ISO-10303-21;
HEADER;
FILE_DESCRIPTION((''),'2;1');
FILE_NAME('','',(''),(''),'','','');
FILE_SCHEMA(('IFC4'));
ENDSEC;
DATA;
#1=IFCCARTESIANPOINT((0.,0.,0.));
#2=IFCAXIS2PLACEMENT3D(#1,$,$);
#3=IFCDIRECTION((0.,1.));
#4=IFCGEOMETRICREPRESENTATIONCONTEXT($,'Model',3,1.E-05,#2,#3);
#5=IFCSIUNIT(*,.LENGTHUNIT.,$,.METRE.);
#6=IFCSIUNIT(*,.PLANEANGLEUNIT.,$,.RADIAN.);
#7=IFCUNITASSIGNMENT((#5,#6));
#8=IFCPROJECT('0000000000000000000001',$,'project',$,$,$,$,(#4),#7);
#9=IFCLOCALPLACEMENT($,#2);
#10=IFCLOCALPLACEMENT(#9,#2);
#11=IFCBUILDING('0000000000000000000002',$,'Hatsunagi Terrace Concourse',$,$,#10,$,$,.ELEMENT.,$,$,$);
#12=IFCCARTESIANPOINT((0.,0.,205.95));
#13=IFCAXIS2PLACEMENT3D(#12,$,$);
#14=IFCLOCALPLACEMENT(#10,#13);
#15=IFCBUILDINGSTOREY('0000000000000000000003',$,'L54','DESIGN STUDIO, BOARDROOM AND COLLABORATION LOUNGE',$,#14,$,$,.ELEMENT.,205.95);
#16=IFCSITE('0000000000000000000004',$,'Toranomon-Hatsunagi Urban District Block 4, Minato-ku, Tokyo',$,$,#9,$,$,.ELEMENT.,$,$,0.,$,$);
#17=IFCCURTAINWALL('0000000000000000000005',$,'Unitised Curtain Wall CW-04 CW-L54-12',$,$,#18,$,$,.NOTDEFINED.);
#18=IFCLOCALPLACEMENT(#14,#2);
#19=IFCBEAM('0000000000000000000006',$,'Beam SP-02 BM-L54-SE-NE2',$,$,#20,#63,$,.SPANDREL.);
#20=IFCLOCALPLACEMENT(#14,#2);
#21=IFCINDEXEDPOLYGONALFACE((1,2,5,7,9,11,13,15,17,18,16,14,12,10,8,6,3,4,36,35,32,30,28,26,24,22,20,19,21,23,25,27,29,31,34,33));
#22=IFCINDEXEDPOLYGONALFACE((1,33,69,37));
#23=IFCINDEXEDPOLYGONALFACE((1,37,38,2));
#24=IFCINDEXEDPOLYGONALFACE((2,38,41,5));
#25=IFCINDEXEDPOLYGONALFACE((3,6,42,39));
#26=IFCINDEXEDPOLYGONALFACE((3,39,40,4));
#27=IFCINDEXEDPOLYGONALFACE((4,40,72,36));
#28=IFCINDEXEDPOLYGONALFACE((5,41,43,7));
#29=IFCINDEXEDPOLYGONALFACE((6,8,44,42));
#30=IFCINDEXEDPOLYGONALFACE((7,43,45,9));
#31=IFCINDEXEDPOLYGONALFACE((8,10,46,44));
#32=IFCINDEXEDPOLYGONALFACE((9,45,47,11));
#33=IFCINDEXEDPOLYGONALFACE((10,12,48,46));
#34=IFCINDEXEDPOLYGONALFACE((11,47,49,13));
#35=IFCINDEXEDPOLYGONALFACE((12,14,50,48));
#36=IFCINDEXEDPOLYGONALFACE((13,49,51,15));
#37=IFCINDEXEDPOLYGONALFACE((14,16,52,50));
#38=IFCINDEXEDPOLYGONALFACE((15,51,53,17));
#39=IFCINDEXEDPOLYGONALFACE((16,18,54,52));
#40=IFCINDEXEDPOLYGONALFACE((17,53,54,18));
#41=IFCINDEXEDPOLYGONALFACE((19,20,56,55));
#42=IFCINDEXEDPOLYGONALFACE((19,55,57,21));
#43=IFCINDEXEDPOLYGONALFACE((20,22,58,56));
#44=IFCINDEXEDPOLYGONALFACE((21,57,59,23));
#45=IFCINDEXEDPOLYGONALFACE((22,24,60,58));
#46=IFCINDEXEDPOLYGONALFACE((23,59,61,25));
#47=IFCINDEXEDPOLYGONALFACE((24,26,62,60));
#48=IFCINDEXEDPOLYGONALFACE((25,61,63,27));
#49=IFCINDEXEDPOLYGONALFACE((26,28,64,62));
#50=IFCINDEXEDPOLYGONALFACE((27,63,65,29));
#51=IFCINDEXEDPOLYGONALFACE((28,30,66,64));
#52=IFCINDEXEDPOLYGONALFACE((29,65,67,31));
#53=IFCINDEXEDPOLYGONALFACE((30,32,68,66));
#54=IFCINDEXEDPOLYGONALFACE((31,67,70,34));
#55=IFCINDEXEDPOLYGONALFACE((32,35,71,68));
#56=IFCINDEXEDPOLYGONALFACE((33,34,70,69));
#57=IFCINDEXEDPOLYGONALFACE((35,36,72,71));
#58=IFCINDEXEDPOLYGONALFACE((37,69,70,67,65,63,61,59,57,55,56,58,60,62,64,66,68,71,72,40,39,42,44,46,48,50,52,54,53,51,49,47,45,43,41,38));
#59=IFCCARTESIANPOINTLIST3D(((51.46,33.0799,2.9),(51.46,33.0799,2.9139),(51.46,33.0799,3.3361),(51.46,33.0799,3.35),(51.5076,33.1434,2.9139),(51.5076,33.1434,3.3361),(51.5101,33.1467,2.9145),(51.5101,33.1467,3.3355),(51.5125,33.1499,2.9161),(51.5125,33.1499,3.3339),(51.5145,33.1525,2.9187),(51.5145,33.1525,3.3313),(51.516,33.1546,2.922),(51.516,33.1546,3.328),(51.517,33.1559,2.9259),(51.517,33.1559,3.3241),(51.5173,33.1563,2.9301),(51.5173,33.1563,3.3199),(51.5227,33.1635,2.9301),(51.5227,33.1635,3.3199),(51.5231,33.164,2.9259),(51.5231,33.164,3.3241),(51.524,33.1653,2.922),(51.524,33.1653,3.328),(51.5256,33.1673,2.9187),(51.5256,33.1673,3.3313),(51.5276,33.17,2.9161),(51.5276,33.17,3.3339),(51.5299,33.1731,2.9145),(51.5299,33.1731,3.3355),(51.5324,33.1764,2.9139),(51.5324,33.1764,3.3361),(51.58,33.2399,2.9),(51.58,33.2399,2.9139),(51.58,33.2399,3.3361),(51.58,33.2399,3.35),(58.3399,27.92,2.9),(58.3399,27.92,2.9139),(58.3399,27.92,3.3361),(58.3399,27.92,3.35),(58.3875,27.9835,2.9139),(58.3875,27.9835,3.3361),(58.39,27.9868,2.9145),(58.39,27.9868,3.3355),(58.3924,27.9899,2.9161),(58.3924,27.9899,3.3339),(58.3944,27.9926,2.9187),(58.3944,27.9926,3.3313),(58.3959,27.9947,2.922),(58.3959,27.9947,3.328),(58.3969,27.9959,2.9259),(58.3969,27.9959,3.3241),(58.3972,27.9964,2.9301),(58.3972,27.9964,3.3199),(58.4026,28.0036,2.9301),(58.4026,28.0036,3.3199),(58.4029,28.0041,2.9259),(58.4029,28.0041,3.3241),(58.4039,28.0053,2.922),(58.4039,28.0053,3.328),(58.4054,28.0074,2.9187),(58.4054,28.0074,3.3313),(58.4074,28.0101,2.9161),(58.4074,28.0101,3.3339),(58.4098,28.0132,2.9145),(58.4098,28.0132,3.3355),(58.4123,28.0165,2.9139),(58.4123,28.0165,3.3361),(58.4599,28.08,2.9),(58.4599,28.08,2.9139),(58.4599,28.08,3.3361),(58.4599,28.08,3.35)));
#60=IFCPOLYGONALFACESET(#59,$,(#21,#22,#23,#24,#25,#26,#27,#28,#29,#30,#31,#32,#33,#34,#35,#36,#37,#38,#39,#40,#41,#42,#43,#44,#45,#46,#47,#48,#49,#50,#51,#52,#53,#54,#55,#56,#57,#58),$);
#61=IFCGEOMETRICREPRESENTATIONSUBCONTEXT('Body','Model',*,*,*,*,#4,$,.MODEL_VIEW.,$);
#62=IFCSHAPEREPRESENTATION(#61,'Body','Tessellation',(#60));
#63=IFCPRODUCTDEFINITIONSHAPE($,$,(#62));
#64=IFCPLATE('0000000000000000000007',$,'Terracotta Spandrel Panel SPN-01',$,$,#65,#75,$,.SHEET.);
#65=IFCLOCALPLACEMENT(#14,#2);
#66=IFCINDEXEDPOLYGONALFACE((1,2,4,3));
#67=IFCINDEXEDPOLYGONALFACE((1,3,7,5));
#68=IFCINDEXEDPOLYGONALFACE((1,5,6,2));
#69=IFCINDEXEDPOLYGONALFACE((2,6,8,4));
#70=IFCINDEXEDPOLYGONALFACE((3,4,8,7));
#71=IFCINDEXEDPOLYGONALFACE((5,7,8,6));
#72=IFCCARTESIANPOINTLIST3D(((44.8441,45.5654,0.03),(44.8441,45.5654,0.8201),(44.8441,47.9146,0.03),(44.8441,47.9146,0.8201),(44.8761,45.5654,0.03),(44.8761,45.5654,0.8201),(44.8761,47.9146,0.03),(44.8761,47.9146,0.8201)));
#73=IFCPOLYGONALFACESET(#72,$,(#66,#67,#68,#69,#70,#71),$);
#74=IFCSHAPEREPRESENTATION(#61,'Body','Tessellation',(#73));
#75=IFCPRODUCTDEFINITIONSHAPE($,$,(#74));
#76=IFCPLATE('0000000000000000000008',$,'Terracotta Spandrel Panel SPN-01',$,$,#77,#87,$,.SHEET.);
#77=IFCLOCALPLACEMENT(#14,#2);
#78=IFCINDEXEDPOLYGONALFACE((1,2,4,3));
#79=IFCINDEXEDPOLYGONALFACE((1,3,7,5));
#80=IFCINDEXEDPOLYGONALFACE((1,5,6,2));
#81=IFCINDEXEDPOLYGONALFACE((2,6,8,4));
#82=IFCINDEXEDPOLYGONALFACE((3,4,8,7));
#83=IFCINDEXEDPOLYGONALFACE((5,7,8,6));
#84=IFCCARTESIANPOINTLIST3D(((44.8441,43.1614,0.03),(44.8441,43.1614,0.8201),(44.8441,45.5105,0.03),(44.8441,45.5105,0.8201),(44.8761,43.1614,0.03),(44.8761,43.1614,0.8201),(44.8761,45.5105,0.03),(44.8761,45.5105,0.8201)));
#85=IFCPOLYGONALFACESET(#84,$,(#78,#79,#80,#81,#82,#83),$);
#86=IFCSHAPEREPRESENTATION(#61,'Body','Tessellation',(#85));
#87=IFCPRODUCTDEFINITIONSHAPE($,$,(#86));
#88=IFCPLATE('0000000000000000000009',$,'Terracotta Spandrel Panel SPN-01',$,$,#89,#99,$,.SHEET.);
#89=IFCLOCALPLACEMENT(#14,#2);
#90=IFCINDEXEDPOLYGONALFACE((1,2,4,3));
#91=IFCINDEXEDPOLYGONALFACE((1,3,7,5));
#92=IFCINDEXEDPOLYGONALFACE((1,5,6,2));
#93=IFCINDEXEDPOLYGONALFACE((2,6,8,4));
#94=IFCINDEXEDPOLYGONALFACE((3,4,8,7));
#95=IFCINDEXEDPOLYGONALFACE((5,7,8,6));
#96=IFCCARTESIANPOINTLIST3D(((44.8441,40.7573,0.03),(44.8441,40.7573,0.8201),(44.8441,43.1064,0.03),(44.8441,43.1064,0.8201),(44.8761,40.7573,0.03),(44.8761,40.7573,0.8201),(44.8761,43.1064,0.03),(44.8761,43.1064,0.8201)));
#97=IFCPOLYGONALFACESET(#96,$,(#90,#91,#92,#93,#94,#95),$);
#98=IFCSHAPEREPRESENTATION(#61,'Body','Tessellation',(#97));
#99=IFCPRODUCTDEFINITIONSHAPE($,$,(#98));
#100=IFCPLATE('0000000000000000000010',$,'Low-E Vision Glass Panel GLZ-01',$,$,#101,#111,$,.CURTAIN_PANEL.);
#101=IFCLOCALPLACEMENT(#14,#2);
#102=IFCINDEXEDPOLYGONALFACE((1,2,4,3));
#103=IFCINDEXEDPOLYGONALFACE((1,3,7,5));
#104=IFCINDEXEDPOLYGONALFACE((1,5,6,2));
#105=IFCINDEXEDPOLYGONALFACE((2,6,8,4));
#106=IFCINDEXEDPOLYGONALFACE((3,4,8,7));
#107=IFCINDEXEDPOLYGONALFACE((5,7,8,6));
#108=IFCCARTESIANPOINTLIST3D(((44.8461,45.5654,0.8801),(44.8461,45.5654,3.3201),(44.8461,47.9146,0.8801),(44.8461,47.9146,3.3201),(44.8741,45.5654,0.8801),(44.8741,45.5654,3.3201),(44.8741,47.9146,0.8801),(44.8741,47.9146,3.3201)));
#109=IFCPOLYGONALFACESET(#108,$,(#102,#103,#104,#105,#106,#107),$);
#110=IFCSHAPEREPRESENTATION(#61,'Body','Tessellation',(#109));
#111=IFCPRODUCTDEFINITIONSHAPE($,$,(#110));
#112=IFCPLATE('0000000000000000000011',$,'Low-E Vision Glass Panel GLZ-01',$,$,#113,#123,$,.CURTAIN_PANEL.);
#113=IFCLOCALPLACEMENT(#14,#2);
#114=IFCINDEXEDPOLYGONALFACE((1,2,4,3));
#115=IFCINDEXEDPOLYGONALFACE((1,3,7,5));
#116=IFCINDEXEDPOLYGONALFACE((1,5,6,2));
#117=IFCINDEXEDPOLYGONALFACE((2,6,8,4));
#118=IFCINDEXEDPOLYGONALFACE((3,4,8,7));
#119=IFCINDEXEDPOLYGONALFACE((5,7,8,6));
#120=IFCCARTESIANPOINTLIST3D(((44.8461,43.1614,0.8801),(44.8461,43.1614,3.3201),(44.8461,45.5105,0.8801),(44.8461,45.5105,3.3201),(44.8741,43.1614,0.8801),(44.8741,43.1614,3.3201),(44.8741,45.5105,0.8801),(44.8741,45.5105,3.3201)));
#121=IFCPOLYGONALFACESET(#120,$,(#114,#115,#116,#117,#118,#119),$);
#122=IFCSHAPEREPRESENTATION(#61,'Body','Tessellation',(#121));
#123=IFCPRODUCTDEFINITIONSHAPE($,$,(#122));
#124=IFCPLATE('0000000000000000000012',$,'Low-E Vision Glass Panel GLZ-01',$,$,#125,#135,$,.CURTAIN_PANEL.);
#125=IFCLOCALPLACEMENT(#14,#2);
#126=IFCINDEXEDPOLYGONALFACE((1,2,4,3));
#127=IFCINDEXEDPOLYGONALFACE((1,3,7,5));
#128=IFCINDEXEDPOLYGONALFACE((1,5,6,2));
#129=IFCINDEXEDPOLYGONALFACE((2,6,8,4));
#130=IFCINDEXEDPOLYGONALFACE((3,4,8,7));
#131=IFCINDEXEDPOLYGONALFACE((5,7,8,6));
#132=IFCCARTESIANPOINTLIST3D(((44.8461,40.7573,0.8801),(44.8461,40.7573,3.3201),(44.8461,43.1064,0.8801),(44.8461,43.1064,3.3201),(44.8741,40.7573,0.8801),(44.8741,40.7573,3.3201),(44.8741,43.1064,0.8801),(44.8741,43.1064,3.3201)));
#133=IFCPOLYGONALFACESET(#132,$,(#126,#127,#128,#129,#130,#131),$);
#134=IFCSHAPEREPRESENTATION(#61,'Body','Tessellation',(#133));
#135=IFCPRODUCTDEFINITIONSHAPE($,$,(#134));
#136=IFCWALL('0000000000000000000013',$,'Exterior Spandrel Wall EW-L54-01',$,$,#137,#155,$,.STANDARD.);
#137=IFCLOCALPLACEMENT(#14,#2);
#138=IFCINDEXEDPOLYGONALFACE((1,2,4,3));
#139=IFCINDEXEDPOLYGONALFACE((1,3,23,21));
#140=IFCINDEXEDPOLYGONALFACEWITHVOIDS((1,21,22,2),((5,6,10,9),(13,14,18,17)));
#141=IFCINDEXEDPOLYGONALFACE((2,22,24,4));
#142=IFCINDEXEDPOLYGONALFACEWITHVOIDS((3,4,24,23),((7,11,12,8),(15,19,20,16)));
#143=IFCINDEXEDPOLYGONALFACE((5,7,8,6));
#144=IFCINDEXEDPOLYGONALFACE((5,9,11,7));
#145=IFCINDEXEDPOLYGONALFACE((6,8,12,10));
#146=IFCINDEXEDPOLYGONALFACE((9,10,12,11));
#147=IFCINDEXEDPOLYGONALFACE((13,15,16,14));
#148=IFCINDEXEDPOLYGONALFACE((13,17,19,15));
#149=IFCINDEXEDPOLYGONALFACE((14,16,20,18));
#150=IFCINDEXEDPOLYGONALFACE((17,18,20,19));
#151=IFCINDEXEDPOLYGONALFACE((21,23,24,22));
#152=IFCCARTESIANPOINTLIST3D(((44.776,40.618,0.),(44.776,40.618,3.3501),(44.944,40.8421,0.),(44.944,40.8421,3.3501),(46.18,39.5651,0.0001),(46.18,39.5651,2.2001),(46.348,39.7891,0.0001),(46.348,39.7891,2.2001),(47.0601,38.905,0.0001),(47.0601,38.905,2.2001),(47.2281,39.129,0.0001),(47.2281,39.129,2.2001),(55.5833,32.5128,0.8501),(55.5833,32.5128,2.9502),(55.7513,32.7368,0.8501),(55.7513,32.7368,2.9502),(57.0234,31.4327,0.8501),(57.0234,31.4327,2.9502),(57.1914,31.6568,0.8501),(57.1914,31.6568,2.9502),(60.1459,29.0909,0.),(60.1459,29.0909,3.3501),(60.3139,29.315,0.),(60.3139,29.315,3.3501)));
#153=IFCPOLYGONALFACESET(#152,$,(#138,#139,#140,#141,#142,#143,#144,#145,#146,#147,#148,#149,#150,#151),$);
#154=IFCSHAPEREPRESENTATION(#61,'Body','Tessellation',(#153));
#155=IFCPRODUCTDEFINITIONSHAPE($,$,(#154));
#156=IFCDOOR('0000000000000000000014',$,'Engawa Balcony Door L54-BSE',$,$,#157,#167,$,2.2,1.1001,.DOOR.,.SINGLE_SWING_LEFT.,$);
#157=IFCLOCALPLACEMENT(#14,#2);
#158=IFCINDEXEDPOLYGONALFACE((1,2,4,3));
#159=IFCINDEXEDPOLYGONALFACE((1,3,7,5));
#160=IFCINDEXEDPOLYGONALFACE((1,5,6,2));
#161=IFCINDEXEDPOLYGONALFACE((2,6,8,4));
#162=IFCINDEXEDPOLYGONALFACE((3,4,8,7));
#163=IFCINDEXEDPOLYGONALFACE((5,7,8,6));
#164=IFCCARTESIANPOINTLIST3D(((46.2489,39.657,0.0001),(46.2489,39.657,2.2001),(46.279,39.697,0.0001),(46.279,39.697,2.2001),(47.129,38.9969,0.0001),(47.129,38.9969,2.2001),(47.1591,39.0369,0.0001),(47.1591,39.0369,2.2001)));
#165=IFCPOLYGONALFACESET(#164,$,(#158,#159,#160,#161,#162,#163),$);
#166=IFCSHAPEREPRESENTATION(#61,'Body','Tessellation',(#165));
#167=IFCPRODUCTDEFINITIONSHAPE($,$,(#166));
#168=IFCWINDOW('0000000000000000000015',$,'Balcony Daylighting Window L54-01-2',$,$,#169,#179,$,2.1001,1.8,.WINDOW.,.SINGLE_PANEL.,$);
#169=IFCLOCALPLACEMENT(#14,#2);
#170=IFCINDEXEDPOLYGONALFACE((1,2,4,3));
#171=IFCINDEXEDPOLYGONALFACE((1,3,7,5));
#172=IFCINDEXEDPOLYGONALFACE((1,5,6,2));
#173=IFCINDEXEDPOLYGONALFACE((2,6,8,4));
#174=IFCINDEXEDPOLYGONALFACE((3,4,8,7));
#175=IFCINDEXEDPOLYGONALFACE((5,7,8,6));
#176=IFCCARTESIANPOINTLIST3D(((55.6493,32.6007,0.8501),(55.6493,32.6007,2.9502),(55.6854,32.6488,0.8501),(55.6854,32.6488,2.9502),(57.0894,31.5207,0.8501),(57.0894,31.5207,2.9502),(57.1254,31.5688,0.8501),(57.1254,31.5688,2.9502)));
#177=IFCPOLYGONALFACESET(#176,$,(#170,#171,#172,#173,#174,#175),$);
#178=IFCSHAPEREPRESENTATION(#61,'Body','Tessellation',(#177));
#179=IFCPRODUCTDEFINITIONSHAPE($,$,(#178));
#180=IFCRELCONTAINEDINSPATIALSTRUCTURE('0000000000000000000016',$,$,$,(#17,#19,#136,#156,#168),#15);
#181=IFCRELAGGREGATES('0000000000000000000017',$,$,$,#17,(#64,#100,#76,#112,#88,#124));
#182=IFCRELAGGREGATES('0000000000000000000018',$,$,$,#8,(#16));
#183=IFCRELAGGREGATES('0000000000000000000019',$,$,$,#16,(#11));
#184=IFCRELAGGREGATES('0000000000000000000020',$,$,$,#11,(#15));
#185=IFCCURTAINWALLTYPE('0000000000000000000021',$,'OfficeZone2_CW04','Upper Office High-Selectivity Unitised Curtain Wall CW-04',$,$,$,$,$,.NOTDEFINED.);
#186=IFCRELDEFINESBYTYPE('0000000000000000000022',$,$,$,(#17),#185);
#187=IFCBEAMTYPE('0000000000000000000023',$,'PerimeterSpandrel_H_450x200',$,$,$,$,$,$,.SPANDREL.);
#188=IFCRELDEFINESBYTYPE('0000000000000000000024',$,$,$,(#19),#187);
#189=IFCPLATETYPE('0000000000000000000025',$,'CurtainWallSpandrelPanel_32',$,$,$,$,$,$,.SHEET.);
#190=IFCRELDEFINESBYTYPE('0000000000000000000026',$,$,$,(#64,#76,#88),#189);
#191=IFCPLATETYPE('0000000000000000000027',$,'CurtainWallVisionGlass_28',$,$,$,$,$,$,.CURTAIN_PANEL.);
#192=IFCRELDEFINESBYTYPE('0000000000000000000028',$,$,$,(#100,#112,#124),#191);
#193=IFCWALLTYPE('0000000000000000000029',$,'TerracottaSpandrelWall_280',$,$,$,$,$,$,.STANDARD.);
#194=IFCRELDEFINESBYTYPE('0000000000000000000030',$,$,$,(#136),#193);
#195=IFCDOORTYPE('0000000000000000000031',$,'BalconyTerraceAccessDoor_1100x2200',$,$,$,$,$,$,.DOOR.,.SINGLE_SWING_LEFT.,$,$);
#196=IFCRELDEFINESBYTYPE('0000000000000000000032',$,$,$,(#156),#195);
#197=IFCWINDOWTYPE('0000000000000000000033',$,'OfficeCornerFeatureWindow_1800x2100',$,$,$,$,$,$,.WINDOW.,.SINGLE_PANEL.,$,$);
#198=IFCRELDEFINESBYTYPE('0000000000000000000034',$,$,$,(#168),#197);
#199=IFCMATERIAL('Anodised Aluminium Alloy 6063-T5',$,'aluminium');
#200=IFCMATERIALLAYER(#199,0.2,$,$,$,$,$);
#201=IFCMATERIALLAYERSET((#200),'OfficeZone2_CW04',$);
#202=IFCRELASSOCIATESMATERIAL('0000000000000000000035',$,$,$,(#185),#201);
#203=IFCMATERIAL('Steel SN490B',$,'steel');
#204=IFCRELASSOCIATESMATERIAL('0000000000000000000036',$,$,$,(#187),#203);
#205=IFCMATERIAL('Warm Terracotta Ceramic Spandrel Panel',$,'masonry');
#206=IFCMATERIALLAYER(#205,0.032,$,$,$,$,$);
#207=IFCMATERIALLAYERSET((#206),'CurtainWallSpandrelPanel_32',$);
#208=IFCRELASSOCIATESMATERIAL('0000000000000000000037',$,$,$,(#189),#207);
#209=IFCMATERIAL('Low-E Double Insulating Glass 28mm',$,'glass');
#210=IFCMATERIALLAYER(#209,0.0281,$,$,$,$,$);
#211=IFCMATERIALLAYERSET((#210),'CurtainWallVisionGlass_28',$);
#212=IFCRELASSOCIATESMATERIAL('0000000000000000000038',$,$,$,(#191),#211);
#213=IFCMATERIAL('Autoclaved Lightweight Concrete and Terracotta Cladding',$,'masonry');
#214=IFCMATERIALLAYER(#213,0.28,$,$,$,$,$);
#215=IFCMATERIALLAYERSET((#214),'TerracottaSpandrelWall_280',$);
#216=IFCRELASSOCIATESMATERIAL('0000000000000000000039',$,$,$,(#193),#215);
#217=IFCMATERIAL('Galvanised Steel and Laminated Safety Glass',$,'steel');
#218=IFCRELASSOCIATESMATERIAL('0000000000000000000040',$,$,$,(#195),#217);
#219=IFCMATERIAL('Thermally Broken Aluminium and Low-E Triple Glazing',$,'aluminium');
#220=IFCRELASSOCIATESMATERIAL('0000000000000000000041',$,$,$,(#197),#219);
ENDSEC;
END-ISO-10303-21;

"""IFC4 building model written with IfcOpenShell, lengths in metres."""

from ifc_helpers import new_model, si_unit, direction, frame, frame_2d, origin, origin_2d, place, context, subcontext, project, spatial, rectangle, i_section, extrude, material, layer, layer_set, material_profile, profile_set, type_object, element, fill, aggregate, save


model = new_model("IFC4")

# Units and contexts
model_context = context("Model", 3, precision=1e-05, world=origin(), true_north=direction((0.0, 1.0)))
body_context = subcontext(model_context, "Body", "Model", "MODEL_VIEW")
ifc_project = project(units=[si_unit("LENGTHUNIT", "METRE"), si_unit("PLANEANGLEUNIT", "RADIAN")], contexts=[model_context])

# Site, building, storey
site_placement = place(None, origin())
site = spatial("IfcSite", under=ifc_project, at=site_placement, Name="Toranomon-Hatsunagi Urban District Block 4, Minato-ku, Tokyo", CompositionType="ELEMENT", RefElevation=0.0)
building_placement = place(site_placement, origin())
building = spatial("IfcBuilding", under=site, at=building_placement, Name="Hatsunagi Terrace Concourse", CompositionType="ELEMENT")
storey_placement = place(building_placement, frame((0.0, 0.0, 205.95)))
storey = spatial("IfcBuildingStorey", under=building, at=storey_placement, Name="L54", Description="DESIGN STUDIO, BOARDROOM AND COLLABORATION LOUNGE", CompositionType="ELEMENT", Elevation=205.95)

# Curtain wall
ifc_material_1 = material(Name="Anodised Aluminium Alloy 6063-T5", Category="aluminium")
ifc_layer_1 = layer(ifc_material_1, 0.2)
ifc_layer_set_1 = layer_set([ifc_layer_1], Name="OfficeZone2_CW04")
curtain_wall_type = type_object("IfcCurtainWallType", Name="OfficeZone2_CW04", Description="Upper Office High-Selectivity Unitised Curtain Wall CW-04", PredefinedType="NOTDEFINED", material=ifc_layer_set_1)
curtain_wall_1_placement = place(storey_placement, origin())
curtain_wall_1 = element("IfcCurtainWall", 1, at=curtain_wall_1_placement, inside=storey, type_object=curtain_wall_type, Name="Unitised Curtain Wall CW-04 CW-L54-12", PredefinedType="NOTDEFINED")

# Beam
ifc_material_2 = material(Name="Steel SN490B", Category="steel")
ifc_material_profile_1 = material_profile(ifc_material_2, i_section(OverallWidth=0.2, OverallDepth=0.45, WebThickness=0.009, FlangeThickness=0.0139, FilletRadius=0.0161, at=origin_2d()), Name="H-450x200x9x14")
ifc_profile_set_1 = profile_set([ifc_material_profile_1], Name="Steel SN490B")
beam_type_1 = type_object("IfcBeamType", Name="PerimeterSpandrel_H_450x200", PredefinedType="SPANDREL", material=ifc_profile_set_1)
beam_1_placement = place(storey_placement, frame((51.52, 33.1599, 3.125), z_axis=(0.8, -0.6, 0.0), x_axis=(0.6, 0.8, 0.0)))
element("IfcBeam", 2, at=beam_1_placement, inside=storey, type_object=beam_type_1, Name="Beam SP-02 BM-L54-SE-NE2", PredefinedType="SPANDREL", context=body_context, shape_type="SweptSolid", body=[
    extrude(i_section(OverallWidth=0.2, OverallDepth=0.45, WebThickness=0.009, FlangeThickness=0.0139, FilletRadius=0.0161, at=origin_2d()), origin(), (0.0, 0.0, 1.0), 8.5999),
])

# Plates
ifc_material_3 = material(Name="Warm Terracotta Ceramic Spandrel Panel", Category="masonry")
ifc_layer_2 = layer(ifc_material_3, 0.032)
ifc_layer_set_2 = layer_set([ifc_layer_2], Name="CurtainWallSpandrelPanel_32")
plate_type_1 = type_object("IfcPlateType", Name="CurtainWallSpandrelPanel_32", PredefinedType="SHEET", material=ifc_layer_set_2)
plate_1_placement = place(storey_placement, frame((44.8601, 46.74, 0.03), z_axis=(0.0, 0.0, 1.0), x_axis=(0.0, -1.0, 0.0)))
plate_1 = element("IfcPlate", 3, at=plate_1_placement, type_object=plate_type_1, Name="Terracotta Spandrel Panel SPN-01", PredefinedType="SHEET", context=body_context, shape_type="SweptSolid", body=[
    extrude(rectangle(XDim=2.3491, YDim=0.032, at=origin_2d()), origin(), (0.0, 0.0, 1.0), 0.79),
])
plate_2_placement = place(storey_placement, frame((44.8601, 44.3359, 0.03), z_axis=(0.0, 0.0, 1.0), x_axis=(0.0, -1.0, 0.0)))
plate_2 = element("IfcPlate", 4, at=plate_2_placement, type_object=plate_type_1, Name="Terracotta Spandrel Panel SPN-01", PredefinedType="SHEET", context=body_context, shape_type="SweptSolid", body=[
    extrude(rectangle(XDim=2.3491, YDim=0.032, at=origin_2d()), origin(), (0.0, 0.0, 1.0), 0.79),
])
plate_3_placement = place(storey_placement, frame((44.8601, 41.9319, 0.03), z_axis=(0.0, 0.0, 1.0), x_axis=(0.0, -1.0, 0.0)))
plate_3 = element("IfcPlate", 5, at=plate_3_placement, type_object=plate_type_1, Name="Terracotta Spandrel Panel SPN-01", PredefinedType="SHEET", context=body_context, shape_type="SweptSolid", body=[
    extrude(rectangle(XDim=2.3491, YDim=0.032, at=origin_2d()), origin(), (0.0, 0.0, 1.0), 0.79),
])
ifc_material_4 = material(Name="Low-E Double Insulating Glass 28mm", Category="glass")
ifc_layer_3 = layer(ifc_material_4, 0.0281)
ifc_layer_set_3 = layer_set([ifc_layer_3], Name="CurtainWallVisionGlass_28")
plate_type_2 = type_object("IfcPlateType", Name="CurtainWallVisionGlass_28", PredefinedType="CURTAIN_PANEL", material=ifc_layer_set_3)
plate_4_placement = place(storey_placement, frame((44.8601, 46.74, 0.8801), z_axis=(0.0, 0.0, 1.0), x_axis=(0.0, -1.0, 0.0)))
plate_4 = element("IfcPlate", 6, at=plate_4_placement, type_object=plate_type_2, Name="Low-E Vision Glass Panel GLZ-01", PredefinedType="CURTAIN_PANEL", context=body_context, shape_type="SweptSolid", body=[
    extrude(rectangle(XDim=2.3491, YDim=0.0281, at=origin_2d()), origin(), (0.0, 0.0, 1.0), 2.4399),
])
plate_5_placement = place(storey_placement, frame((44.8601, 44.3359, 0.8801), z_axis=(0.0, 0.0, 1.0), x_axis=(0.0, -1.0, 0.0)))
plate_5 = element("IfcPlate", 7, at=plate_5_placement, type_object=plate_type_2, Name="Low-E Vision Glass Panel GLZ-01", PredefinedType="CURTAIN_PANEL", context=body_context, shape_type="SweptSolid", body=[
    extrude(rectangle(XDim=2.3491, YDim=0.0281, at=origin_2d()), origin(), (0.0, 0.0, 1.0), 2.4399),
])
plate_6_placement = place(storey_placement, frame((44.8601, 41.9319, 0.8801), z_axis=(0.0, 0.0, 1.0), x_axis=(0.0, -1.0, 0.0)))
plate_6 = element("IfcPlate", 8, at=plate_6_placement, type_object=plate_type_2, Name="Low-E Vision Glass Panel GLZ-01", PredefinedType="CURTAIN_PANEL", context=body_context, shape_type="SweptSolid", body=[
    extrude(rectangle(XDim=2.3491, YDim=0.0281, at=origin_2d()), origin(), (0.0, 0.0, 1.0), 2.4399),
])
aggregate(curtain_wall_1, [plate_1, plate_4, plate_2, plate_5, plate_3, plate_6])

# Wall, openings, door, window
ifc_material_5 = material(Name="Autoclaved Lightweight Concrete and Terracotta Cladding", Category="masonry")
ifc_layer_4 = layer(ifc_material_5, 0.28)
ifc_layer_set_4 = layer_set([ifc_layer_4], Name="TerracottaSpandrelWall_280")
wall_type = type_object("IfcWallType", Name="TerracottaSpandrelWall_280", PredefinedType="STANDARD", material=ifc_layer_set_4)
wall_1_placement = place(storey_placement, frame((44.8601, 40.73, 0.0), z_axis=(0.0, 0.0, 1.0), x_axis=(0.800008, -0.59999, 0.0)))
wall_1 = element("IfcWall", 9, at=wall_1_placement, inside=storey, type_object=wall_type, Name="Exterior Spandrel Wall EW-L54-01", PredefinedType="STANDARD", context=body_context, shape_type="SweptSolid", body=[
    extrude(rectangle(XDim=19.2122, YDim=0.28, at=frame_2d((9.606, 0.0))), origin(), (0.0, 0.0, 1.0), 3.3501),
])
opening_1_placement = place(wall_1_placement, frame((1.7549, 0.0, 0.0)))
opening_1 = element("IfcOpeningElement", 10, at=opening_1_placement, cuts=wall_1, PredefinedType="OPENING", context=body_context, shape_type="SweptSolid", body=[
    extrude(rectangle(XDim=1.1001, YDim=2.2, at=frame_2d((0.55, 1.1001))), frame((0.0, 0.1499, 0.0), z_axis=(0.0, -1.0, 0.0), x_axis=(1.0, 0.0, 0.0)), (0.0, 0.0, 1.0), 0.3),
])
opening_2_placement = place(wall_1_placement, frame((13.509, 0.0, 0.8501)))
opening_2 = element("IfcOpeningElement", 11, at=opening_2_placement, cuts=wall_1, PredefinedType="OPENING", context=body_context, shape_type="SweptSolid", body=[
    extrude(rectangle(XDim=1.8, YDim=2.1001, at=frame_2d((0.8999, 1.05))), frame((0.0, 0.1499, 0.0), z_axis=(0.0, -1.0, 0.0), x_axis=(1.0, 0.0, 0.0)), (0.0, 0.0, 1.0), 0.3),
])
ifc_material_6 = material(Name="Galvanised Steel and Laminated Safety Glass", Category="steel")
door_type = type_object("IfcDoorType", Name="BalconyTerraceAccessDoor_1100x2200", OperationType="SINGLE_SWING_LEFT", PredefinedType="DOOR", material=ifc_material_6)
door_placement = place(opening_1_placement, origin())
door = element("IfcDoor", 12, at=door_placement, inside=storey, type_object=door_type, Name="Engawa Balcony Door L54-BSE", OperationType="SINGLE_SWING_LEFT", OverallHeight=2.2, OverallWidth=1.1001, PredefinedType="DOOR", context=body_context, shape_type="SweptSolid", body=[
    extrude(rectangle(XDim=1.1001, YDim=2.2, at=frame_2d((0.55, 1.1001))), frame((0.0, 0.0249, 0.0), z_axis=(0.0, -1.0, 0.0), x_axis=(1.0, 0.0, 0.0)), (0.0, 0.0, 1.0), 0.05),
])
fill(opening_1, door)
ifc_material_7 = material(Name="Thermally Broken Aluminium and Low-E Triple Glazing", Category="aluminium")
window_type = type_object("IfcWindowType", Name="OfficeCornerFeatureWindow_1800x2100", PartitioningType="SINGLE_PANEL", PredefinedType="WINDOW", material=ifc_material_7)
window_placement = place(opening_2_placement, origin())
window = element("IfcWindow", 13, at=window_placement, inside=storey, type_object=window_type, Name="Balcony Daylighting Window L54-01-2", OverallHeight=2.1001, OverallWidth=1.8, PartitioningType="SINGLE_PANEL", PredefinedType="WINDOW", context=body_context, shape_type="SweptSolid", body=[
    extrude(rectangle(XDim=1.8, YDim=2.1001, at=frame_2d((0.8999, 1.05))), frame((0.0, 0.03, 0.0), z_axis=(0.0, -1.0, 0.0), x_axis=(1.0, 0.0, 0.0)), (0.0, 0.0, 1.0), 0.0601),
])
fill(opening_2, window)

save(model, "model.ifc")
